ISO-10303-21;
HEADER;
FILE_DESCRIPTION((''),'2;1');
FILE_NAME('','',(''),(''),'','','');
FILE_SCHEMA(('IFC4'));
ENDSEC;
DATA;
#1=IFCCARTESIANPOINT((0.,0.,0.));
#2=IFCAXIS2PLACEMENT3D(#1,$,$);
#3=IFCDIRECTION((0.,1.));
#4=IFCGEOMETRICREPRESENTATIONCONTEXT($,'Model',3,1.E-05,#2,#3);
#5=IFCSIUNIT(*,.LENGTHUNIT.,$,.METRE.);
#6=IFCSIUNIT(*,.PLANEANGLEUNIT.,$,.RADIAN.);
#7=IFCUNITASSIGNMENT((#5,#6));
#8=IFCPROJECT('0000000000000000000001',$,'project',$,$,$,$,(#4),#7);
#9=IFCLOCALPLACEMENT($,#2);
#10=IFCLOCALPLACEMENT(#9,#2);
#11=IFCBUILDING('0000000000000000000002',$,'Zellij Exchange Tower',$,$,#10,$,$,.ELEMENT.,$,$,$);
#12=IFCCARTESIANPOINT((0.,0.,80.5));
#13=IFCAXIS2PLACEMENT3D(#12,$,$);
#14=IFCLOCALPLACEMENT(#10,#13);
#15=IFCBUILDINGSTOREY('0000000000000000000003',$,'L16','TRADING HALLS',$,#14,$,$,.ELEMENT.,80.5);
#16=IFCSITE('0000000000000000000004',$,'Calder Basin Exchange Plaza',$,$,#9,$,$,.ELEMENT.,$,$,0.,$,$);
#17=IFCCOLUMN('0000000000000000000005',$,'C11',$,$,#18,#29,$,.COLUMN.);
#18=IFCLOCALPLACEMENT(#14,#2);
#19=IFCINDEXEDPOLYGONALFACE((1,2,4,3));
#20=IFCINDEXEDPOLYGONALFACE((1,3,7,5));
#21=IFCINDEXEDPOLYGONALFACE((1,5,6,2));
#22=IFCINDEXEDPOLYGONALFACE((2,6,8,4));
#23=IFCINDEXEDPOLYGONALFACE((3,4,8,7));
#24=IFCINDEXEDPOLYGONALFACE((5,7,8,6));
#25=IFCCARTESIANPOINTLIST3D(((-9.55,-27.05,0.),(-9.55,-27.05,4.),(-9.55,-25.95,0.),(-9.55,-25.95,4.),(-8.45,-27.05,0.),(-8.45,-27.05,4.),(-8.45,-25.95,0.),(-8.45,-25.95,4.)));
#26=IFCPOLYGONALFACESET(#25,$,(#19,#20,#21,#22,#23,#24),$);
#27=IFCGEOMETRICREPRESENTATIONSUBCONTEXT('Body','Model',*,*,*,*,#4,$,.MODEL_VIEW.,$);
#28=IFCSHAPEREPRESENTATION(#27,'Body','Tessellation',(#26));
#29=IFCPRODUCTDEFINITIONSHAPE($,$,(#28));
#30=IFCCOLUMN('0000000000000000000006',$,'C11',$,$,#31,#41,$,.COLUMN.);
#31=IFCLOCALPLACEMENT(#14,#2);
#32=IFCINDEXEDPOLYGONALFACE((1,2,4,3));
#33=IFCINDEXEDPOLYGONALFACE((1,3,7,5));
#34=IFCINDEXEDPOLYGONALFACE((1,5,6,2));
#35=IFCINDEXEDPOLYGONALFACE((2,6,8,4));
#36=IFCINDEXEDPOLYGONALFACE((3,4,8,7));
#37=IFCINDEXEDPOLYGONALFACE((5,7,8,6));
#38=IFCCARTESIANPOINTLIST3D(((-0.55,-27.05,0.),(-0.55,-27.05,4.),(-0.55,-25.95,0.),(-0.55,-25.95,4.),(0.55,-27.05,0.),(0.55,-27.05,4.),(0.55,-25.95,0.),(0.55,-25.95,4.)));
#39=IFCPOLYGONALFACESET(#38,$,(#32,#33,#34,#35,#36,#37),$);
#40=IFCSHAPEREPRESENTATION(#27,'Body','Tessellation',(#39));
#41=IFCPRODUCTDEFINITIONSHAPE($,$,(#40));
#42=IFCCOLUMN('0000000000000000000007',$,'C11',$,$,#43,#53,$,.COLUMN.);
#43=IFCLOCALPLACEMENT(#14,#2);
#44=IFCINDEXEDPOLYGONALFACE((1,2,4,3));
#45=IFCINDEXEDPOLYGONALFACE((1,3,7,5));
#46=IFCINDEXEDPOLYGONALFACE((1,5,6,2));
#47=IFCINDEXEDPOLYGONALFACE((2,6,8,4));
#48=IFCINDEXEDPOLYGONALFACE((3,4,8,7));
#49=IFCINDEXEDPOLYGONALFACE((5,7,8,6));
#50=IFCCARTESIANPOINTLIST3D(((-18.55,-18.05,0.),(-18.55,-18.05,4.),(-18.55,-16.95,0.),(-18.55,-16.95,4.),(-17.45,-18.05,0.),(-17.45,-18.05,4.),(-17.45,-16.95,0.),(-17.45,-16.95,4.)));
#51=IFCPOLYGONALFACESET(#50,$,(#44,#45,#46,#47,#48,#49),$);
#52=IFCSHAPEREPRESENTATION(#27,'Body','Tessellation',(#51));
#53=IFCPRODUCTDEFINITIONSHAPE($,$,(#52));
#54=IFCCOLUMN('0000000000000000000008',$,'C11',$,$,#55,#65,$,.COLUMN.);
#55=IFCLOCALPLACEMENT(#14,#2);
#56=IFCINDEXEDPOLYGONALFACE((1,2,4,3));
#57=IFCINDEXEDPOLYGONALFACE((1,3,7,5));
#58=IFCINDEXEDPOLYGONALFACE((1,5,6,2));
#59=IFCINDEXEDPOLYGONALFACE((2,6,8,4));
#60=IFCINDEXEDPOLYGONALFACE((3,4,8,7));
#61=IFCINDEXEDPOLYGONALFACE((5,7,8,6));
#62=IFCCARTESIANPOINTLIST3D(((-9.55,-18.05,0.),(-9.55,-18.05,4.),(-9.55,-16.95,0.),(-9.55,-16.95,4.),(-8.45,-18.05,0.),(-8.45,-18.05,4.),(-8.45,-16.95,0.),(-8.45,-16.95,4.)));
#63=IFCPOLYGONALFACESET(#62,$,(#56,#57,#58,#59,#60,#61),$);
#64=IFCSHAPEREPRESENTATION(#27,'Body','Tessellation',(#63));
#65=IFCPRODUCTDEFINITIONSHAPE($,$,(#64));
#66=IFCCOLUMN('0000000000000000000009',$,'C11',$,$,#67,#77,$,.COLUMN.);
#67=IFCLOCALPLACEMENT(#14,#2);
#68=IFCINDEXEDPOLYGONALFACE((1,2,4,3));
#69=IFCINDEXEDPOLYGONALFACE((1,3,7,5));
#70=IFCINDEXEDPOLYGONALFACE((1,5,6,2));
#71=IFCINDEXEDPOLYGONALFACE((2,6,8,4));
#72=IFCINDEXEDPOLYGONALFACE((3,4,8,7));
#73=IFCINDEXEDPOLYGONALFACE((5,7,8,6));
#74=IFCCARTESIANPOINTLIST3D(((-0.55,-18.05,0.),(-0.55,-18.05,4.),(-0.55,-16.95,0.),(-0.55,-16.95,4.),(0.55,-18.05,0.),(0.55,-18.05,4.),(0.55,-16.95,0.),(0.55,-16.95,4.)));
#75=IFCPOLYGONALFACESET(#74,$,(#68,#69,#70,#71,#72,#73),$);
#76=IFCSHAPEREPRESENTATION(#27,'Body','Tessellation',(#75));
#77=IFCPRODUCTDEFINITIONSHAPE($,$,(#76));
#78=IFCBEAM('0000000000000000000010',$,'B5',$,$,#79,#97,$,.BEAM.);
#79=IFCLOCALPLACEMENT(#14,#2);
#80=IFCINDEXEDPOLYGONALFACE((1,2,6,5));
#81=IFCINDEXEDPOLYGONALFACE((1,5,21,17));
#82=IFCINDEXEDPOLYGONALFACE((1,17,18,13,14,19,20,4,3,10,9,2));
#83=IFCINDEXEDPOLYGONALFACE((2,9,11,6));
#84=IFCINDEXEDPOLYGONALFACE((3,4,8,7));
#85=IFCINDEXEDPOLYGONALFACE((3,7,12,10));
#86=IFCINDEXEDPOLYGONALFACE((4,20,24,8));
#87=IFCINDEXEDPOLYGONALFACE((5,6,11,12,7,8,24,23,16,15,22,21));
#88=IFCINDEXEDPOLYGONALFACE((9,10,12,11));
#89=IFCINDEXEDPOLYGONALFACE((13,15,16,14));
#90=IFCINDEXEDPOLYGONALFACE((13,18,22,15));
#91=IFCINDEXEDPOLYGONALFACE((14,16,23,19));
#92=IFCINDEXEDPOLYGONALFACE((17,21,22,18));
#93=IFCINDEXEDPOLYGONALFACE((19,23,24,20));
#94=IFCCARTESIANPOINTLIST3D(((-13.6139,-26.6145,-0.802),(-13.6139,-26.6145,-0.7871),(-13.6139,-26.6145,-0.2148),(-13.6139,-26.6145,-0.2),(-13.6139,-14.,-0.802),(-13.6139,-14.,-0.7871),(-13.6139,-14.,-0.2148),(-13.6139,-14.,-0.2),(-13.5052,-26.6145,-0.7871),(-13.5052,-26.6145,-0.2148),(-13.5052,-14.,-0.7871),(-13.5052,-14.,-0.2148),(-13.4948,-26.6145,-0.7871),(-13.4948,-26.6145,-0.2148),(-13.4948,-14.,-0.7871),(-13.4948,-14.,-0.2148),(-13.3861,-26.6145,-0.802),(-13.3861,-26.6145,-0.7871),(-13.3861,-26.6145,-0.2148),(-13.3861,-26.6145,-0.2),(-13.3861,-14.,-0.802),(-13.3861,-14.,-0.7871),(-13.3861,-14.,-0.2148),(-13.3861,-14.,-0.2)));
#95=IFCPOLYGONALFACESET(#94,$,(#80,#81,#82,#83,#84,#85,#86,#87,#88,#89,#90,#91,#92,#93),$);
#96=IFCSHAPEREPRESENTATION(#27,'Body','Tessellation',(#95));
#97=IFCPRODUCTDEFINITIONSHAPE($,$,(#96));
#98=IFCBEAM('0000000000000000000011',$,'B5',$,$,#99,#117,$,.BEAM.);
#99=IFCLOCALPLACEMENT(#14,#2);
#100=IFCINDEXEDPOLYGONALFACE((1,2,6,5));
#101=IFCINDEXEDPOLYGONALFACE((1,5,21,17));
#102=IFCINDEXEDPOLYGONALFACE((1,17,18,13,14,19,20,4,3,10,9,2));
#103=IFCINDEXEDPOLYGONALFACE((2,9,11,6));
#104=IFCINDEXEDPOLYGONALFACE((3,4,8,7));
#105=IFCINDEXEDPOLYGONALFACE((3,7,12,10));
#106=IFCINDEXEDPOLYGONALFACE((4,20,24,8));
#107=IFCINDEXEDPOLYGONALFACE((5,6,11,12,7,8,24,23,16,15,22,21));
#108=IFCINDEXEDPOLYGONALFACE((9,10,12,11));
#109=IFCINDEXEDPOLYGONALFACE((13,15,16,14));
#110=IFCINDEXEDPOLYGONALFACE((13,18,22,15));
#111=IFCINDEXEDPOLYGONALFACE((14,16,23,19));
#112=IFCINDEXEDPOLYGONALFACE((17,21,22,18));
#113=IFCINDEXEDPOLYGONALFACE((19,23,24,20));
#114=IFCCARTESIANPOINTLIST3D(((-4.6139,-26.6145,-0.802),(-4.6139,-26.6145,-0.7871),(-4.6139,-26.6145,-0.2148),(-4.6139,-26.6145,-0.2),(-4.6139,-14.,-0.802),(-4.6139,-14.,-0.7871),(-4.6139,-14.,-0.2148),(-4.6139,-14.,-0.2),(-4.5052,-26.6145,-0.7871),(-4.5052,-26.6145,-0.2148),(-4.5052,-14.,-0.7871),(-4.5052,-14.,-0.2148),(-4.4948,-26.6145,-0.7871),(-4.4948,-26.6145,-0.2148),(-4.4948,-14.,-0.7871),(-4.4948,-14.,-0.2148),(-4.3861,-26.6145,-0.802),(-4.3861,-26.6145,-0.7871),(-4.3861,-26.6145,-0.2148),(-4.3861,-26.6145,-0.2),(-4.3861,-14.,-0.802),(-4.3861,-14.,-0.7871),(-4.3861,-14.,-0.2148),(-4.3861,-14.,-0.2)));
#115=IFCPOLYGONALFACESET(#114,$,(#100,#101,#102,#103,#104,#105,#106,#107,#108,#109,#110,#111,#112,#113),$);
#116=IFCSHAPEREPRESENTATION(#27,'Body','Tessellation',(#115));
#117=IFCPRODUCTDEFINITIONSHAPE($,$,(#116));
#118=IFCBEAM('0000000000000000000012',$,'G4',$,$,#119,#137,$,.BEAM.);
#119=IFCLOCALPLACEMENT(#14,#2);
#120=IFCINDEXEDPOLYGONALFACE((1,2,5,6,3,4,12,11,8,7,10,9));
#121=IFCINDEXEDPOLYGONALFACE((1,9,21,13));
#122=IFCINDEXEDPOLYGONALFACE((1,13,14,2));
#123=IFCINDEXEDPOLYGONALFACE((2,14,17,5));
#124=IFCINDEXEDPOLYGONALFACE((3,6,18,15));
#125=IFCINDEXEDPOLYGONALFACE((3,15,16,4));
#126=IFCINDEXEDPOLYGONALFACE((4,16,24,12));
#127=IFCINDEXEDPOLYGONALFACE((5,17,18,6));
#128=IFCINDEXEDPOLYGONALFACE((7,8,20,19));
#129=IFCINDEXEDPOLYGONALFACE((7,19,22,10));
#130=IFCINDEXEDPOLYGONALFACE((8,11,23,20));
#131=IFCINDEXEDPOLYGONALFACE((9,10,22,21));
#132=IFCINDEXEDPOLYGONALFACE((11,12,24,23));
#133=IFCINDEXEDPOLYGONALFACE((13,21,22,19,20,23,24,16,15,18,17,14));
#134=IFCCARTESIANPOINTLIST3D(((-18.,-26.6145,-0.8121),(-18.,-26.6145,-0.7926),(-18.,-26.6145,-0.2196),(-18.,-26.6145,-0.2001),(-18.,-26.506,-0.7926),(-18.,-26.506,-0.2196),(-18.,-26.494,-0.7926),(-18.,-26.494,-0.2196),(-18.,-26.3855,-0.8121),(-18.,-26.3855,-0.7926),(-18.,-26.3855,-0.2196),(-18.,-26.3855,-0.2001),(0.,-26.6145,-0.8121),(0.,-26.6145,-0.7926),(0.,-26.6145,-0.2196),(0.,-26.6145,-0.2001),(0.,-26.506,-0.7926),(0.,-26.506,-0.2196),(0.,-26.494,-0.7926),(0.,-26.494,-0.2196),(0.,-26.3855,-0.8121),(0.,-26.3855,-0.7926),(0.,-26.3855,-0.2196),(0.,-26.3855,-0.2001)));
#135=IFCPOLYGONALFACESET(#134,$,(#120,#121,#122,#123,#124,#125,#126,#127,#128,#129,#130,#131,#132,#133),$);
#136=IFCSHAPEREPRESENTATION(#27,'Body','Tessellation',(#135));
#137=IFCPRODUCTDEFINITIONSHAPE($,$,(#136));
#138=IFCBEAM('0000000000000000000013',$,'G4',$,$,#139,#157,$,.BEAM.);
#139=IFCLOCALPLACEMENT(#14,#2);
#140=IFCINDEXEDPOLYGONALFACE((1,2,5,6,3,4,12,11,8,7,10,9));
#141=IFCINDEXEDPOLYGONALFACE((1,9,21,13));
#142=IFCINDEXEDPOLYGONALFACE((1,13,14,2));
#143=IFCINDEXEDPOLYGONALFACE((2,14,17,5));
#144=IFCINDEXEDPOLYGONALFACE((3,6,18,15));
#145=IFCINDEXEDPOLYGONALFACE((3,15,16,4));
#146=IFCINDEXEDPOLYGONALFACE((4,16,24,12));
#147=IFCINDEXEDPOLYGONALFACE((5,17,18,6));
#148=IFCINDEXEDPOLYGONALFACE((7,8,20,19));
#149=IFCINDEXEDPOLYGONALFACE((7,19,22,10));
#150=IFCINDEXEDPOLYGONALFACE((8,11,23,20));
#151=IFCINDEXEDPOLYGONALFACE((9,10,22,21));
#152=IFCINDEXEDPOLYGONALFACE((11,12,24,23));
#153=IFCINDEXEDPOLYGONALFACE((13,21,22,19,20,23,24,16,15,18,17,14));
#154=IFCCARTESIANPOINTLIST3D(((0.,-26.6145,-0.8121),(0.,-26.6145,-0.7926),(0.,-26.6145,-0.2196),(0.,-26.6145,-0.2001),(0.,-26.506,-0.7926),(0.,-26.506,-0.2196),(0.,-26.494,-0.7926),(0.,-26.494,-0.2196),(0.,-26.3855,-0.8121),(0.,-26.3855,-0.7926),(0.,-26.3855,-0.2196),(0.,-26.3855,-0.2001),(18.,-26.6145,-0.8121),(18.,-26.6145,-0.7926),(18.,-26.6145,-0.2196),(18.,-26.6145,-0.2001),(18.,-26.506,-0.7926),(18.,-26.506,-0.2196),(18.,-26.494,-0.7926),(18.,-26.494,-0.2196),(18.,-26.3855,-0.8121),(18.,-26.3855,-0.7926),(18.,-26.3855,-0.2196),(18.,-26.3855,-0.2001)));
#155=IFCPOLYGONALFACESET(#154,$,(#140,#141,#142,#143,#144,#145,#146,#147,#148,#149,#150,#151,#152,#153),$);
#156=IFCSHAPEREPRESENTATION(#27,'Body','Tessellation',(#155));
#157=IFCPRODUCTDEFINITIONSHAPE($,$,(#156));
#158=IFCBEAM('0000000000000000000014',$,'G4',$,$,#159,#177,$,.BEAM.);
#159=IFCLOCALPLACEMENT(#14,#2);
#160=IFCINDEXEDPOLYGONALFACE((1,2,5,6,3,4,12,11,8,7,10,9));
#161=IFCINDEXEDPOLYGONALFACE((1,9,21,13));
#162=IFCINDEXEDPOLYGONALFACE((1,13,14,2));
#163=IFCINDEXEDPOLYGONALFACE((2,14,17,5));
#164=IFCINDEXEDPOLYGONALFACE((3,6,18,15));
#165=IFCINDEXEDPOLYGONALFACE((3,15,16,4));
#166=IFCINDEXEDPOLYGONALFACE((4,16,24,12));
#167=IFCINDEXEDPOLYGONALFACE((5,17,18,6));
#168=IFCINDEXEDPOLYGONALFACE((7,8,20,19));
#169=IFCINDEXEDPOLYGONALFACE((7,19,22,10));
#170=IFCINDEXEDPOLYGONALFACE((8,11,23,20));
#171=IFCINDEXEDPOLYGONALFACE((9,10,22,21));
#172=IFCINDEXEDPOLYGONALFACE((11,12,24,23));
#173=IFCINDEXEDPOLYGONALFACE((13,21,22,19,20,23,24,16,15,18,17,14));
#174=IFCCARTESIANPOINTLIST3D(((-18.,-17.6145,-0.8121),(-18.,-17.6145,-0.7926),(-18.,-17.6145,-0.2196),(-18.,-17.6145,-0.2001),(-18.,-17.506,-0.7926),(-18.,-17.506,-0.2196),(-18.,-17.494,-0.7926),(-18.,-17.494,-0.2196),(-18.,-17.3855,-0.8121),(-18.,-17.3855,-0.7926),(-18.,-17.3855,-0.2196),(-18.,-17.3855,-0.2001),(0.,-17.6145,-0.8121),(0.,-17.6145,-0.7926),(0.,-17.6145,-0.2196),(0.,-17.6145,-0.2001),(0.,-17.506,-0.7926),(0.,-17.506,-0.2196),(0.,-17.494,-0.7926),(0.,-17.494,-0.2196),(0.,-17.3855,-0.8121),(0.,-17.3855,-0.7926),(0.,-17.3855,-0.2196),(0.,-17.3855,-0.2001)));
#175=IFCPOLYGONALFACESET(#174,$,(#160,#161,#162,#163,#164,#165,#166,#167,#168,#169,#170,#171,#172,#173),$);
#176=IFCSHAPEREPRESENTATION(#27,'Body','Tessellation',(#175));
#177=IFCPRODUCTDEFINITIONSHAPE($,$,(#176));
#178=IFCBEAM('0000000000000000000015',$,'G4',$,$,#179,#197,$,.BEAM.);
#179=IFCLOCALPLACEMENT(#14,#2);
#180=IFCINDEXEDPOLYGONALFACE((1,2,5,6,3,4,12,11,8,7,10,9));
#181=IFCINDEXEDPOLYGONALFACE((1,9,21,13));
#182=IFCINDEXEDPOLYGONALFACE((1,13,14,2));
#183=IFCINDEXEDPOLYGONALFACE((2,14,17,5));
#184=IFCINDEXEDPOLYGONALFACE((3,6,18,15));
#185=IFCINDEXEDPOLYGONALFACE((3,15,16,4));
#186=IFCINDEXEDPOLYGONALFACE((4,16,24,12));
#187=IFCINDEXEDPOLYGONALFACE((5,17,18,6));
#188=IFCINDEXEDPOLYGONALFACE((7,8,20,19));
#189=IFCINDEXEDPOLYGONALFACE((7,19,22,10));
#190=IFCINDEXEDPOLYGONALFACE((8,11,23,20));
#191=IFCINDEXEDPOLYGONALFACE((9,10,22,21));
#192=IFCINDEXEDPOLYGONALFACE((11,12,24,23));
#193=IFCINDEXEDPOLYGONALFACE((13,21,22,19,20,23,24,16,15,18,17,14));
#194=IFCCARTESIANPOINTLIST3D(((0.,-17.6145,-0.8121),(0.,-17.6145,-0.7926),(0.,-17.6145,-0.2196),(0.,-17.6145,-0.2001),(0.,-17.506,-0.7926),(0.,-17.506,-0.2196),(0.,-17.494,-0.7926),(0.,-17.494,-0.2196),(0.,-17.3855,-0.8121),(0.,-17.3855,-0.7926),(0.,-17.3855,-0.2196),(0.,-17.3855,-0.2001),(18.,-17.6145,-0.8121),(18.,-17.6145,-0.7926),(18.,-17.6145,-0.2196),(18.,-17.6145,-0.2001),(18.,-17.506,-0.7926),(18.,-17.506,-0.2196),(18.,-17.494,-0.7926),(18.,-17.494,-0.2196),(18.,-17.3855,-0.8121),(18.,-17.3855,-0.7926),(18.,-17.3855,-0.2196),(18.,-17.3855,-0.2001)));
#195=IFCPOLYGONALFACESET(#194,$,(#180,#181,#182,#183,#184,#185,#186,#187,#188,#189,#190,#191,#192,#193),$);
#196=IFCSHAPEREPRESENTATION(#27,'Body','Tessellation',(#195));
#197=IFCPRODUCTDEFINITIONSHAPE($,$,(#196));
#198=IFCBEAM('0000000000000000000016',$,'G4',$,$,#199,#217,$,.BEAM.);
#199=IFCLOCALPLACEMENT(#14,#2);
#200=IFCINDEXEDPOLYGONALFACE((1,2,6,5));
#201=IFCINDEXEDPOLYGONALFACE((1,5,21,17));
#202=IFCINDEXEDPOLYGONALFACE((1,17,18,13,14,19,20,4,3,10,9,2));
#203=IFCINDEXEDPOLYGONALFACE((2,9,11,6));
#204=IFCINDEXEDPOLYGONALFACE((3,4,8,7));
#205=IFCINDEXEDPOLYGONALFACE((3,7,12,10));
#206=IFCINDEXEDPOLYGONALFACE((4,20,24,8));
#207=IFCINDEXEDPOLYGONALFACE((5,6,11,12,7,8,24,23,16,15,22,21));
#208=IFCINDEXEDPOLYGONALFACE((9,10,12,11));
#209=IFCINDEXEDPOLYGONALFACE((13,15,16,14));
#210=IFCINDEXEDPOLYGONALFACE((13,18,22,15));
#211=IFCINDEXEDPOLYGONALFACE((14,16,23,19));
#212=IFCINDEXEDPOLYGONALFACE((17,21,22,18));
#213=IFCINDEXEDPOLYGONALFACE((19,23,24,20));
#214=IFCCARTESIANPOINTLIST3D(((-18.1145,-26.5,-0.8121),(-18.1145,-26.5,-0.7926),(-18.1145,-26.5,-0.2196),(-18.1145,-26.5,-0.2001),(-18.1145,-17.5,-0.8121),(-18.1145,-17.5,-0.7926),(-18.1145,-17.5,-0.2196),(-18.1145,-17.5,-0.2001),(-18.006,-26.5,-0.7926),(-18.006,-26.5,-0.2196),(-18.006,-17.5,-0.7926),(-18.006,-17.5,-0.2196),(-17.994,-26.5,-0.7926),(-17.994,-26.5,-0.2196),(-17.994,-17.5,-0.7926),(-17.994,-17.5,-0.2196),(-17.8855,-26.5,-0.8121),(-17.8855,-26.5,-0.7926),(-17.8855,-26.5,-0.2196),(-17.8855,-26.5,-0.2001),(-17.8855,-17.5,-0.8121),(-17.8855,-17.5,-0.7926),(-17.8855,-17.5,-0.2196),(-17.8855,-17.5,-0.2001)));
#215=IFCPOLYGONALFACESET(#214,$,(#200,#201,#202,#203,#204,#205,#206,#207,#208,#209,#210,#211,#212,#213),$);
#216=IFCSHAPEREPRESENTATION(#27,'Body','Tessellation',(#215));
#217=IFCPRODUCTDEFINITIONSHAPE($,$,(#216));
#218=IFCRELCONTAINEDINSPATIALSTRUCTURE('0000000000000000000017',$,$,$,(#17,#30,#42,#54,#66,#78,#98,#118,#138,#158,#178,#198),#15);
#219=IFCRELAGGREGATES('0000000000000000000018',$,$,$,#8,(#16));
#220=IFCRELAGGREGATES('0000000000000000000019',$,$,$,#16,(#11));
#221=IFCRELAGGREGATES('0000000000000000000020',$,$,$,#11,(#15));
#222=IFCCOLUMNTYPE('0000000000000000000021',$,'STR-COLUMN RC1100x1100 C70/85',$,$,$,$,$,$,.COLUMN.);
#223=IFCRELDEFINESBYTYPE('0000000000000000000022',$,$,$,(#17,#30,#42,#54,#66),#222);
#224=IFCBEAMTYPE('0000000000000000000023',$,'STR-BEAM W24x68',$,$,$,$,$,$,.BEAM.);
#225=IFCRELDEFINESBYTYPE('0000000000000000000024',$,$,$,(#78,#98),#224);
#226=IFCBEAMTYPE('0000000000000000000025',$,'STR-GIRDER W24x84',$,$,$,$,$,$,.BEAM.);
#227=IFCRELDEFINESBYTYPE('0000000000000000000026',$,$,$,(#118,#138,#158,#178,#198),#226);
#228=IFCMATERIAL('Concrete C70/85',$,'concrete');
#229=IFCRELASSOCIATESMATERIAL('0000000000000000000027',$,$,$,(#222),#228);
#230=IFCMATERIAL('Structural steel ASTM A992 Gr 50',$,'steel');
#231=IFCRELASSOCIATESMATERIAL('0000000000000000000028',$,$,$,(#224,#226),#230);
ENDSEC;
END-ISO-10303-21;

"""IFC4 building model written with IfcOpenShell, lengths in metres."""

from ifc_helpers import new_model, si_unit, direction, frame, origin, origin_2d, place, context, subcontext, project, spatial, rectangle, i_section, extrude, material, material_profile, profile_set, type_object, element, save


model = new_model("IFC4")

# Units and contexts
model_context = context("Model", 3, precision=1e-05, world=origin(), true_north=direction((0.0, 1.0)))
body_context = subcontext(model_context, "Body", "Model", "MODEL_VIEW")
ifc_project = project(units=[si_unit("LENGTHUNIT", "METRE"), si_unit("PLANEANGLEUNIT", "RADIAN")], contexts=[model_context])

# Site, building, storey
site_placement = place(None, origin())
site = spatial("IfcSite", under=ifc_project, at=site_placement, Name="Calder Basin Exchange Plaza", CompositionType="ELEMENT", RefElevation=0.0)
building_placement = place(site_placement, origin())
building = spatial("IfcBuilding", under=site, at=building_placement, Name="Zellij Exchange Tower", CompositionType="ELEMENT")
storey_placement = place(building_placement, frame((0.0, 0.0, 80.5)))
storey = spatial("IfcBuildingStorey", under=building, at=storey_placement, Name="L16", Description="TRADING HALLS", CompositionType="ELEMENT", Elevation=80.5)

# Columns
ifc_material_1 = material(Name="Concrete C70/85", Category="concrete")
ifc_material_profile_1 = material_profile(ifc_material_1, rectangle(XDim=1.1001, YDim=1.1001, at=origin_2d()), Name="STR-COLUMN RC1100x1100 C70/85")
ifc_profile_set_1 = profile_set([ifc_material_profile_1], Name="Concrete C70/85")
column_type = type_object("IfcColumnType", Name="STR-COLUMN RC1100x1100 C70/85", PredefinedType="COLUMN", material=ifc_profile_set_1)
for number, where, z_axis, x_axis, name in (
    (1, (-9.0, -26.5, 0.0), (0.0, 0.0, 1.0), (1.0, 0.0, 0.0), "C11"),
    (2, (0.0, -26.5, 0.0), (0.0, 0.0, 1.0), (1.0, 0.0, 0.0), "C11"),
    (3, (-18.0, -17.5, 0.0), (0.0, 0.0, 1.0), (1.0, 0.0, 0.0), "C11"),
    (4, (-9.0, -17.5, 0.0), (0.0, 0.0, 1.0), (1.0, 0.0, 0.0), "C11"),
    (5, (0.0, -17.5, 0.0), (0.0, 0.0, 1.0), (1.0, 0.0, 0.0), "C11"),
):
    element("IfcColumn", number, at=place(storey_placement, frame(where, z_axis=z_axis, x_axis=x_axis)), inside=storey, type_object=column_type, Name=name, PredefinedType="COLUMN", context=body_context, shape_type="SweptSolid", body=[
        extrude(rectangle(XDim=1.1001, YDim=1.1001, at=origin_2d()), origin(), (0.0, 0.0, 1.0), 4.0),
    ])

# Beams
ifc_material_2 = material(Name="Structural steel ASTM A992 Gr 50", Category="steel")
ifc_material_profile_2 = material_profile(ifc_material_2, i_section(OverallWidth=0.2278, OverallDepth=0.6021, WebThickness=0.0105, FlangeThickness=0.0149, at=origin_2d()), Name="W24x68")
ifc_profile_set_2 = profile_set([ifc_material_profile_2], Name="Structural steel ASTM A992 Gr 50")
beam_type_1 = type_object("IfcBeamType", Name="STR-BEAM W24x68", PredefinedType="BEAM", material=ifc_profile_set_2)
for number, where, z_axis, x_axis, name in (
    (6, (-13.5, -26.6145, -0.501), (0.0, 1.0, 0.0), (-1.0, 0.0, 0.0), "B5"),
    (7, (-4.5, -26.6145, -0.501), (0.0, 1.0, 0.0), (-1.0, 0.0, 0.0), "B5"),
):
    element("IfcBeam", number, at=place(storey_placement, frame(where, z_axis=z_axis, x_axis=x_axis)), inside=storey, type_object=beam_type_1, Name=name, PredefinedType="BEAM", context=body_context, shape_type="SweptSolid", body=[
        extrude(i_section(OverallWidth=0.2278, OverallDepth=0.6021, WebThickness=0.0105, FlangeThickness=0.0149, at=origin_2d()), origin(), (0.0, 0.0, 1.0), 12.6145),
    ])
ifc_material_profile_3 = material_profile(ifc_material_2, i_section(OverallWidth=0.229, OverallDepth=0.6121, WebThickness=0.012, FlangeThickness=0.0195, at=origin_2d()), Name="W24x84")
ifc_profile_set_3 = profile_set([ifc_material_profile_3], Name="Structural steel ASTM A992 Gr 50")
beam_type_2 = type_object("IfcBeamType", Name="STR-GIRDER W24x84", PredefinedType="BEAM", material=ifc_profile_set_3)
for number, where, z_axis, x_axis, name in (
    (8, (-18.0, -26.5, -0.5061), (1.0, 0.0, 0.0), (0.0, 1.0, 0.0), "G4"),
    (9, (0.0, -26.5, -0.5061), (1.0, 0.0, 0.0), (0.0, 1.0, 0.0), "G4"),
    (10, (-18.0, -17.5, -0.5061), (1.0, 0.0, 0.0), (0.0, 1.0, 0.0), "G4"),
    (11, (0.0, -17.5, -0.5061), (1.0, 0.0, 0.0), (0.0, 1.0, 0.0), "G4"),
):
    element("IfcBeam", number, at=place(storey_placement, frame(where, z_axis=z_axis, x_axis=x_axis)), inside=storey, type_object=beam_type_2, Name=name, PredefinedType="BEAM", context=body_context, shape_type="SweptSolid", body=[
        extrude(i_section(OverallWidth=0.229, OverallDepth=0.6121, WebThickness=0.012, FlangeThickness=0.0195, at=origin_2d()), origin(), (0.0, 0.0, 1.0), 18.0),
    ])
for number, where, z_axis, x_axis, name in (
    (12, (-18.0, -26.5, -0.5061), (0.0, 1.0, 0.0), (-1.0, 0.0, 0.0), "G4"),
):
    element("IfcBeam", number, at=place(storey_placement, frame(where, z_axis=z_axis, x_axis=x_axis)), inside=storey, type_object=beam_type_2, Name=name, PredefinedType="BEAM", context=body_context, shape_type="SweptSolid", body=[
        extrude(i_section(OverallWidth=0.229, OverallDepth=0.6121, WebThickness=0.012, FlangeThickness=0.0195, at=origin_2d()), origin(), (0.0, 0.0, 1.0), 9.0),
    ])

save(model, "model.ifc")
